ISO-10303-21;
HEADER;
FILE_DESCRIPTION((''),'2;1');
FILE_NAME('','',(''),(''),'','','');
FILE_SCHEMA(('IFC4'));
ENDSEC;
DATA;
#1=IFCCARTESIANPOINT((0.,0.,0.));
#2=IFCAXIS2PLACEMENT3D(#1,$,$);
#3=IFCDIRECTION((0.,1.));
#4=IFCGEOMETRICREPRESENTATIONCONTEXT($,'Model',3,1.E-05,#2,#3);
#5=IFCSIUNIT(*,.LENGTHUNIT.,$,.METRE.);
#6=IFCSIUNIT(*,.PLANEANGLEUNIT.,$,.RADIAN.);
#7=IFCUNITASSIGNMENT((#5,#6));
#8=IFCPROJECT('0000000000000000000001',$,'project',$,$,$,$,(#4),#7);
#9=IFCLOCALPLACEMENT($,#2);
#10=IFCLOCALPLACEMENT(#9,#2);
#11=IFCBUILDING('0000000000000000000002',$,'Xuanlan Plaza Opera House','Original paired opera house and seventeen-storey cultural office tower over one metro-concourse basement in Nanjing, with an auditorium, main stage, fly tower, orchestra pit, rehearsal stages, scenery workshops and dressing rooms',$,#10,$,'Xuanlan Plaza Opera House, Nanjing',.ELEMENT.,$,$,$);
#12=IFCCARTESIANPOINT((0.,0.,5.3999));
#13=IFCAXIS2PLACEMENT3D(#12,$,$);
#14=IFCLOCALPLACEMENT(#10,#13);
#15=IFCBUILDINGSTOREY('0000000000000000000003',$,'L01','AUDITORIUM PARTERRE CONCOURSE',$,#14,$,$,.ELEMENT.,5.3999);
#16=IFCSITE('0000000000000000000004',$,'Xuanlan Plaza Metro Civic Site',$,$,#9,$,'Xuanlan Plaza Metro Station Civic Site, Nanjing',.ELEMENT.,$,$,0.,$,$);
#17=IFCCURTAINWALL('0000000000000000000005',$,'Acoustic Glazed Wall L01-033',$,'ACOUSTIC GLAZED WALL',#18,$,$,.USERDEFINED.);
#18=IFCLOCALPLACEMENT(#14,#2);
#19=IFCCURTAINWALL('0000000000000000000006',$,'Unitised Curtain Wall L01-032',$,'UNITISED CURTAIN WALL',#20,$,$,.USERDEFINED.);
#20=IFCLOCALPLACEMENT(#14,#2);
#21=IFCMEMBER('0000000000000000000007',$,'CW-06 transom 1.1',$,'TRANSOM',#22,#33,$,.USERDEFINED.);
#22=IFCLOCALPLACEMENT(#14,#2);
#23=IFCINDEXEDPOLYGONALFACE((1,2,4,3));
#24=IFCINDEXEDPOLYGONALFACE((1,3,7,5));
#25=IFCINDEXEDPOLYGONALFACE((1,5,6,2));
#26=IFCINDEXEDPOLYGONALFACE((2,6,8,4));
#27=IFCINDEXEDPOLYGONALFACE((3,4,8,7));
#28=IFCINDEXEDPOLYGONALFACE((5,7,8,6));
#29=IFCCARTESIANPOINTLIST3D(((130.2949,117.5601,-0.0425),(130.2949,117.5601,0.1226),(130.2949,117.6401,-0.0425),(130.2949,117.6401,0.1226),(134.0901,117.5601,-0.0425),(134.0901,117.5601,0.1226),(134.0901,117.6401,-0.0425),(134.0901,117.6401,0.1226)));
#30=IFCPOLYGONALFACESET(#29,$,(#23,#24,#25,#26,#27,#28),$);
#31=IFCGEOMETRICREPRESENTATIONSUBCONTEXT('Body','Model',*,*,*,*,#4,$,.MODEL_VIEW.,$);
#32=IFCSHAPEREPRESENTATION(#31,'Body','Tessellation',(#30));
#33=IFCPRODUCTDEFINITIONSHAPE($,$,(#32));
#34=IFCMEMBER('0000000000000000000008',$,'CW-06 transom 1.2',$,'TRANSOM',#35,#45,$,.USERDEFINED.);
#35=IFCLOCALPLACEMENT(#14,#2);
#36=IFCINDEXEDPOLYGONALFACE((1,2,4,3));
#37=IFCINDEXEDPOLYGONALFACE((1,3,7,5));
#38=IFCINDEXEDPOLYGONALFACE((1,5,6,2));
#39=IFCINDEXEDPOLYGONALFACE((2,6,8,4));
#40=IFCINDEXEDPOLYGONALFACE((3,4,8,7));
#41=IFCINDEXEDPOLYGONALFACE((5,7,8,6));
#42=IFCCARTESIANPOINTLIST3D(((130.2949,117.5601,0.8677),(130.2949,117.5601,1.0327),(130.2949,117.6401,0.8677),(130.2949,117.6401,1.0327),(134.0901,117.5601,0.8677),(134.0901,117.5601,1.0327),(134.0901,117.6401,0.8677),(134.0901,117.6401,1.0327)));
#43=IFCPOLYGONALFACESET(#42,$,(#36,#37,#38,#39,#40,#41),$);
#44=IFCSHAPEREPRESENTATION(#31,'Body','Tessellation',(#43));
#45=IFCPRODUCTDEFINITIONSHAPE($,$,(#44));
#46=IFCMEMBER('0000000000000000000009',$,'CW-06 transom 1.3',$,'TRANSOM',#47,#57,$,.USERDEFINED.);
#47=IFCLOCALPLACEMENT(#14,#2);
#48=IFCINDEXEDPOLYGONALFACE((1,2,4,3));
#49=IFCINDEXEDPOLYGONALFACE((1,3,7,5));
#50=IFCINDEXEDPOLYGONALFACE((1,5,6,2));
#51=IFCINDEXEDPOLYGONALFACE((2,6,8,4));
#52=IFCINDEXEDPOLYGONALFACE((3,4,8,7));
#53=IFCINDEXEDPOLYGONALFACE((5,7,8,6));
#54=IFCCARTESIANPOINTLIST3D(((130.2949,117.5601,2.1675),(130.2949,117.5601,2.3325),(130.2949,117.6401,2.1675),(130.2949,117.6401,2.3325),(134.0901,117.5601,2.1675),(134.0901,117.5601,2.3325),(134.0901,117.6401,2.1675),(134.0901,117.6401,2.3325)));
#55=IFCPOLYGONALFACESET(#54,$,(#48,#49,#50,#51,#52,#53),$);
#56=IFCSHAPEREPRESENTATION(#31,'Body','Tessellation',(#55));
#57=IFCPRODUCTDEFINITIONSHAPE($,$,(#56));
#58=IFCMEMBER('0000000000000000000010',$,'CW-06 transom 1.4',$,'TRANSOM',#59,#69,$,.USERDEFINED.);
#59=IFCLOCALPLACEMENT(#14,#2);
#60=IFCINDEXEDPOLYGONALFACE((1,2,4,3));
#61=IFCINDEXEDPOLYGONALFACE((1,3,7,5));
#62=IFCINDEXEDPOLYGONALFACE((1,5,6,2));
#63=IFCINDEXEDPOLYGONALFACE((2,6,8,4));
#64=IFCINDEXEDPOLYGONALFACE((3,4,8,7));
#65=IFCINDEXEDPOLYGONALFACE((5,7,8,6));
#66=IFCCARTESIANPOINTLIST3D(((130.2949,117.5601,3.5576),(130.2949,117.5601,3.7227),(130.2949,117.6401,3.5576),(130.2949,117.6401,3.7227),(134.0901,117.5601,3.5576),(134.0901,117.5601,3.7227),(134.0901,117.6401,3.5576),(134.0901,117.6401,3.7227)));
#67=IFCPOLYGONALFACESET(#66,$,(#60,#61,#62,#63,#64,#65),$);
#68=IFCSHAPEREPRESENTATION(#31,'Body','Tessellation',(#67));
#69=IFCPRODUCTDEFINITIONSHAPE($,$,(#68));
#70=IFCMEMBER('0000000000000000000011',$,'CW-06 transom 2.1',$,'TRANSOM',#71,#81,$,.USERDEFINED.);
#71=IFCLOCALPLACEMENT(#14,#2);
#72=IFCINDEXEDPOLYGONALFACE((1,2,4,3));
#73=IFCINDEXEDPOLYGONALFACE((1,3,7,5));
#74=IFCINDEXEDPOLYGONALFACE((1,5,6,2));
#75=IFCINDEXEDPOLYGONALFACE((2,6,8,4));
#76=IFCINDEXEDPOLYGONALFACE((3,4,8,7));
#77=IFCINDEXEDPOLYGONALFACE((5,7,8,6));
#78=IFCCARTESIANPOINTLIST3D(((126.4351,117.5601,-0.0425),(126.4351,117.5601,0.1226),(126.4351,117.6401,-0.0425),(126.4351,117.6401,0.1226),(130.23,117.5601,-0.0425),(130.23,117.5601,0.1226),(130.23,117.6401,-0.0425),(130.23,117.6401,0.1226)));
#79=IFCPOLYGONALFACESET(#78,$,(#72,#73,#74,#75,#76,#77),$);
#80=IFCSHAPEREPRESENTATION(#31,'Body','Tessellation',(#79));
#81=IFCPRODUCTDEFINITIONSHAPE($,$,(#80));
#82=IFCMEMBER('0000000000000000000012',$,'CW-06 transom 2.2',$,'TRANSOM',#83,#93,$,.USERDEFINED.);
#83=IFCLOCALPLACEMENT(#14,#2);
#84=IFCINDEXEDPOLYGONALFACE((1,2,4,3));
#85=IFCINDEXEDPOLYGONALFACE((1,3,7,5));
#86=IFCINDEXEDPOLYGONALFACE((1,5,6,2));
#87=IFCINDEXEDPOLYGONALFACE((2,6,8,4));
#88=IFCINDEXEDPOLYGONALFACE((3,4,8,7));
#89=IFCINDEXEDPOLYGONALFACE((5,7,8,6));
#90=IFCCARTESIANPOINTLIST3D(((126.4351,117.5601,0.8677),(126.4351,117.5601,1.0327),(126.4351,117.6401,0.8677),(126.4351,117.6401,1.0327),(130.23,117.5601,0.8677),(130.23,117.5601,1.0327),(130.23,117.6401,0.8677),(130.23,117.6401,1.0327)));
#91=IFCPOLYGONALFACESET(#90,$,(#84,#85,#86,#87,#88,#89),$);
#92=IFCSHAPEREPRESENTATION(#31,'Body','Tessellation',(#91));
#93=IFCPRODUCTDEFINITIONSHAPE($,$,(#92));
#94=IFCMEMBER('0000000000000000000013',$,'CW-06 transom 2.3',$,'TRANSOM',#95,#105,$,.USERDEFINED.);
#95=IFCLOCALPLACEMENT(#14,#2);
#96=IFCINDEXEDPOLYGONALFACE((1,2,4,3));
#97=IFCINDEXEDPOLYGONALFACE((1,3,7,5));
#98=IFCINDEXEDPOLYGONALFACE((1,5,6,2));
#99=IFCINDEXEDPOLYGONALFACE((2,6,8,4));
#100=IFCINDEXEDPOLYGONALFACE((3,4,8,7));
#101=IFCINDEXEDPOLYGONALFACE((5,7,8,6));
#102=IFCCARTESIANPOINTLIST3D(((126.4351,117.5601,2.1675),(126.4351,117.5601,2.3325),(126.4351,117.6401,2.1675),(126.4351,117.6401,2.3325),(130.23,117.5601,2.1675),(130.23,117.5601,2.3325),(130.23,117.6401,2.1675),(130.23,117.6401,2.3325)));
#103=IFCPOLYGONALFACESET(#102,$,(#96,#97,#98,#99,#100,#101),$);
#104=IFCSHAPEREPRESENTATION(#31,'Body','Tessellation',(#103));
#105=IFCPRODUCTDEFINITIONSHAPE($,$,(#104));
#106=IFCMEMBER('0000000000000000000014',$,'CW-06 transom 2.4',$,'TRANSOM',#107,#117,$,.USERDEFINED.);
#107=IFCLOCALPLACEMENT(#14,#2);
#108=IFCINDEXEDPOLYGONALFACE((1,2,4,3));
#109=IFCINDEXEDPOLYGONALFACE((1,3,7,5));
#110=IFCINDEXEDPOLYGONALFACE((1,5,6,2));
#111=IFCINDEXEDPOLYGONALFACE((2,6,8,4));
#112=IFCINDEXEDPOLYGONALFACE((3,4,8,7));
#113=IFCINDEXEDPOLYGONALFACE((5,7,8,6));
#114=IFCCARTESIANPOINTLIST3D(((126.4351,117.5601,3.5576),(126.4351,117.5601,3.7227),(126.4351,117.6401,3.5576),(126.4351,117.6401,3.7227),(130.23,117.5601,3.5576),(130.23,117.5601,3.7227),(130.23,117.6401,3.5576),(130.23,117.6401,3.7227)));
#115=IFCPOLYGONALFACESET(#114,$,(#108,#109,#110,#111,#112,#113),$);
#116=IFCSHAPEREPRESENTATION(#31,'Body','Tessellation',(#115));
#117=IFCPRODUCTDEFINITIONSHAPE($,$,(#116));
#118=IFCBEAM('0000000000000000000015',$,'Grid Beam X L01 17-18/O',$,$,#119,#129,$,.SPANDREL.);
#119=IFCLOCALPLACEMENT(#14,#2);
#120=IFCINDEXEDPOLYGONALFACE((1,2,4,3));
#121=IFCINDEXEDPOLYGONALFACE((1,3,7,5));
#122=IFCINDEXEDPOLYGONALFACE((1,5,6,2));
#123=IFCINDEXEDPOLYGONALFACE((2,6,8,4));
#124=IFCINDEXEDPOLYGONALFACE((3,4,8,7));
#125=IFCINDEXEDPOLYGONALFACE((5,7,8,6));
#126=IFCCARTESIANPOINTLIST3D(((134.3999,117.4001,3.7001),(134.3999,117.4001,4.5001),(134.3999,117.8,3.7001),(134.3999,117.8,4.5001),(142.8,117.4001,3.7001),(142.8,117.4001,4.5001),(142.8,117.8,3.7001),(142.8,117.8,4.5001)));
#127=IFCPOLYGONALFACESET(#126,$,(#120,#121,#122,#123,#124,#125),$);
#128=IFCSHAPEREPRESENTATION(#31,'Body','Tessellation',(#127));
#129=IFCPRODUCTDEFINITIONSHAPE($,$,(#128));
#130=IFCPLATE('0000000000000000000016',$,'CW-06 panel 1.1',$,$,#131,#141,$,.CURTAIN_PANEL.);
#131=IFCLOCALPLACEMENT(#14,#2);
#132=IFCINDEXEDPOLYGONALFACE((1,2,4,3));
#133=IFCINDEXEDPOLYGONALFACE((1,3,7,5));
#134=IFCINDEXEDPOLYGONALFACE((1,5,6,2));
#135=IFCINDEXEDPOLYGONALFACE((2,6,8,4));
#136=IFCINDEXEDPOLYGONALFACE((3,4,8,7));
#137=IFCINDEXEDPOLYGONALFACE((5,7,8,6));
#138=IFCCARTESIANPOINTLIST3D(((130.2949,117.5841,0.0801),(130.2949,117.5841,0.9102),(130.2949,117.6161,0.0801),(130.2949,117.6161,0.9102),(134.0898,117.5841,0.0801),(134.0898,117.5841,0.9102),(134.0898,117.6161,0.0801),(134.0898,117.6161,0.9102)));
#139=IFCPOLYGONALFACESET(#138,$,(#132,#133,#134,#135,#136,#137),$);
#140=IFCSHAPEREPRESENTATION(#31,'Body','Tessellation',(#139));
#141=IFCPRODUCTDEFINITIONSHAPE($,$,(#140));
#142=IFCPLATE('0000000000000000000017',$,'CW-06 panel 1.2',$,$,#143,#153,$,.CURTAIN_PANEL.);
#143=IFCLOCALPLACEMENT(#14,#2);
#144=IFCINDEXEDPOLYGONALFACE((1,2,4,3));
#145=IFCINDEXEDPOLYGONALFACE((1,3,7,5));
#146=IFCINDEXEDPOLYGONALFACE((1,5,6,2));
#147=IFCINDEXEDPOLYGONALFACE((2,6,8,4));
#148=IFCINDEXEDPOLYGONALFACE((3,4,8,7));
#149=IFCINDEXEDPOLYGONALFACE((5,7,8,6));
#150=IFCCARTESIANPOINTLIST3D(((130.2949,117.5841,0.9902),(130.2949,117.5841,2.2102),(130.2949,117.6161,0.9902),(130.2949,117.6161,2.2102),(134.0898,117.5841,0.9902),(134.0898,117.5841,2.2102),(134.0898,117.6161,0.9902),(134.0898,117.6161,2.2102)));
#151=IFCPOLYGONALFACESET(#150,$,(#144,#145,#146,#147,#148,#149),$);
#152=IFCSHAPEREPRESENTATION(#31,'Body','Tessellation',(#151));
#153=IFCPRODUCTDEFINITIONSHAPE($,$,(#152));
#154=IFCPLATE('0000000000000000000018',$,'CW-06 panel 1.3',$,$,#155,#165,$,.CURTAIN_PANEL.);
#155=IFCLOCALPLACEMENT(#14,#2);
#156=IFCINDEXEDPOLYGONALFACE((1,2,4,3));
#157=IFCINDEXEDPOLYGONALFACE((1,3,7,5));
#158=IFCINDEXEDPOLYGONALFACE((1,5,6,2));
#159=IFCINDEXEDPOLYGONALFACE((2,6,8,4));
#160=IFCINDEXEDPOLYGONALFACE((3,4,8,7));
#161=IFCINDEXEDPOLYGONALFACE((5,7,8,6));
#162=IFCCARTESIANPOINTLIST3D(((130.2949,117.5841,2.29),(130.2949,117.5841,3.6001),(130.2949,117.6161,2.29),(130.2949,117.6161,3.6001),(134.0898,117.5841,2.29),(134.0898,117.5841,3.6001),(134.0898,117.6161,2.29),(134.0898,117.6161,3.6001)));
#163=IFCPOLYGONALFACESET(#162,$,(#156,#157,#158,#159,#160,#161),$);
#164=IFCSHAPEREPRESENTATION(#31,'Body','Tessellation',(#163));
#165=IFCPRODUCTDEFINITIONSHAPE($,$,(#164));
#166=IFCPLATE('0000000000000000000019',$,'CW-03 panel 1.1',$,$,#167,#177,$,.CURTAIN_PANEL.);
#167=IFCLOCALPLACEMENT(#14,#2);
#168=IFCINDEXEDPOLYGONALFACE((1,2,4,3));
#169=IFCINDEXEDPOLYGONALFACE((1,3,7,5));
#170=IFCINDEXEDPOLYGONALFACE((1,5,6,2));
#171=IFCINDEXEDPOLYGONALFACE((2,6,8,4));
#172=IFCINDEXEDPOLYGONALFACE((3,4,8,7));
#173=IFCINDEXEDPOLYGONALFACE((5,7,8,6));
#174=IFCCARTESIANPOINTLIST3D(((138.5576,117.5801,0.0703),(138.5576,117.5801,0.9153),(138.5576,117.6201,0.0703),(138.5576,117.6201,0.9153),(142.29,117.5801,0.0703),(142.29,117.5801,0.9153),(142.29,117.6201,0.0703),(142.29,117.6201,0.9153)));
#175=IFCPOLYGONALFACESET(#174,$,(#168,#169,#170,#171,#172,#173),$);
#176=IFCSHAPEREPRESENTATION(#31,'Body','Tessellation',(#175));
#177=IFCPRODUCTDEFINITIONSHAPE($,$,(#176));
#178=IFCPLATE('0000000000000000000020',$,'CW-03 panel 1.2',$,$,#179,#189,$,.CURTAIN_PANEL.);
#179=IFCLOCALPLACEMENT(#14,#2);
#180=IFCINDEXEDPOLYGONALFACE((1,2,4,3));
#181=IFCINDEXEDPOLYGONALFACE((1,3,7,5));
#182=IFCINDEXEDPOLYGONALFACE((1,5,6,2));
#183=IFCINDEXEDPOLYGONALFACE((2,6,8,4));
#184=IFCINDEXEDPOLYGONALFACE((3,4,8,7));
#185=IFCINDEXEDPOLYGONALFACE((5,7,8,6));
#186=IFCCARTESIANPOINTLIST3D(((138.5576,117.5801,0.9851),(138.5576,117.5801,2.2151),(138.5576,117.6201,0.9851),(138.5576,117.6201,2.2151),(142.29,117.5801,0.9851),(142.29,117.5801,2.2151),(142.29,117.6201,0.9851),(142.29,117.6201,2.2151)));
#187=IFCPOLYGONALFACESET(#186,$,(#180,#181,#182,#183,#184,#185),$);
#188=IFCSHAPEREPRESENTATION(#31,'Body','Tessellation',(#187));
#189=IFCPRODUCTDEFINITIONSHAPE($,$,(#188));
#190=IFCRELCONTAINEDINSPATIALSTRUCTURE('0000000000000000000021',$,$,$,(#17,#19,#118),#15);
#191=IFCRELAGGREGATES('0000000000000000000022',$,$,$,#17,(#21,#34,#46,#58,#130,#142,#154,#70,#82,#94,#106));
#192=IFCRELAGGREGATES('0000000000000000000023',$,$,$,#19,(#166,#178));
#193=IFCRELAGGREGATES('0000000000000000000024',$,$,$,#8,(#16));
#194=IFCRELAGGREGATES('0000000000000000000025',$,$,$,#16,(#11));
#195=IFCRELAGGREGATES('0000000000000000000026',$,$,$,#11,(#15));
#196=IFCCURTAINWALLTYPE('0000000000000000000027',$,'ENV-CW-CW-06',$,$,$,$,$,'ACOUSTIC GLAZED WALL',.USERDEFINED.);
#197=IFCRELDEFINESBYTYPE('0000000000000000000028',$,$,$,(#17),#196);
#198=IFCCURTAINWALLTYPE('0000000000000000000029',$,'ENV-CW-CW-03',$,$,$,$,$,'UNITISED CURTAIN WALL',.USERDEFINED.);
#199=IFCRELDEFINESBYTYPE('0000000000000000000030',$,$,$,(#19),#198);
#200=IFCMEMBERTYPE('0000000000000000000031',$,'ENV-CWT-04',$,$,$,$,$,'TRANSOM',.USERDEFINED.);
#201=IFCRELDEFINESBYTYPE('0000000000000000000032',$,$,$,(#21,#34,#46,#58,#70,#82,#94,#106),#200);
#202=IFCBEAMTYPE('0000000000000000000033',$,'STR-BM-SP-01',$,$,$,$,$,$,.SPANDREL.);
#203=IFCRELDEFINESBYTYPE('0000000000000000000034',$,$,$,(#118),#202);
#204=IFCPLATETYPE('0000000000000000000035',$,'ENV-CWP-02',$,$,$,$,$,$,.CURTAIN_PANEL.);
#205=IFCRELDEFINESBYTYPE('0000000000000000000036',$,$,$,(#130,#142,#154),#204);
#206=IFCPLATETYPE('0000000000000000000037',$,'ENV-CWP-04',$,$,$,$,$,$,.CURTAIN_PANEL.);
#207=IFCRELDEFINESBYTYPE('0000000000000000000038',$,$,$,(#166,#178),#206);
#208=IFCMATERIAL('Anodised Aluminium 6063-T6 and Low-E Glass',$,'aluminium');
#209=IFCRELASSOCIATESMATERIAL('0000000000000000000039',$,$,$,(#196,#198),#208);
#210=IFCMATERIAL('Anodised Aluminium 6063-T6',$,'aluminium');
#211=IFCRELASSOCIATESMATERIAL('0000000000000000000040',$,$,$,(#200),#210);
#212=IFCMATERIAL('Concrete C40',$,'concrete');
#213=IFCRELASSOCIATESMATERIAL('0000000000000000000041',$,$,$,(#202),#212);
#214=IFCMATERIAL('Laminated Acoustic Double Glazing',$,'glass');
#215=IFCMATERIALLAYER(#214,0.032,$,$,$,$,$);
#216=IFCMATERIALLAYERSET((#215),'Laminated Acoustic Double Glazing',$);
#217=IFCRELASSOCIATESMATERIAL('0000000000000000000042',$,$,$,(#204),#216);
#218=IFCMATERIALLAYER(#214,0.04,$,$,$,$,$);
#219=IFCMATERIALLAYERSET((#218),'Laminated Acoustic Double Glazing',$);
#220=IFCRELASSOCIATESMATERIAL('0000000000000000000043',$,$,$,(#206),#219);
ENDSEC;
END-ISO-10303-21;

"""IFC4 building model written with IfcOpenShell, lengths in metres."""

from ifc_helpers import new_model, si_unit, direction, frame, origin, origin_2d, place, context, subcontext, project, spatial, rectangle, extrude, material, layer, layer_set, material_profile, profile_set, type_object, element, aggregate, save


model = new_model("IFC4")

# Units and contexts
model_context = context("Model", 3, precision=1e-05, world=origin(), true_north=direction((0.0, 1.0)))
body_context = subcontext(model_context, "Body", "Model", "MODEL_VIEW")
ifc_project = project(units=[si_unit("LENGTHUNIT", "METRE"), si_unit("PLANEANGLEUNIT", "RADIAN")], contexts=[model_context])

# Site, building, storey
site_placement = place(None, origin())
site = spatial("IfcSite", under=ifc_project, at=site_placement, Name="Xuanlan Plaza Metro Civic Site", LongName="Xuanlan Plaza Metro Station Civic Site, Nanjing", CompositionType="ELEMENT", RefElevation=0.0)
building_placement = place(site_placement, origin())
building = spatial("IfcBuilding", under=site, at=building_placement, Name="Xuanlan Plaza Opera House", Description="Original paired opera house and seventeen-storey cultural office tower over one metro-concourse basement in Nanjing, with an auditorium, main stage, fly tower, orchestra pit, rehearsal stages, scenery workshops and dressing rooms", LongName="Xuanlan Plaza Opera House, Nanjing", CompositionType="ELEMENT")
storey_placement = place(building_placement, frame((0.0, 0.0, 5.3999)))
storey = spatial("IfcBuildingStorey", under=building, at=storey_placement, Name="L01", Description="AUDITORIUM PARTERRE CONCOURSE", CompositionType="ELEMENT", Elevation=5.3999)

# Shared definitions
ifc_material_1 = material(Name="Concrete C40", Category="concrete")

# Curtain walls
ifc_material_2 = material(Name="Anodised Aluminium 6063-T6 and Low-E Glass", Category="aluminium")
curtain_wall_type_1 = type_object("IfcCurtainWallType", Name="ENV-CW-CW-06", ElementType="ACOUSTIC GLAZED WALL", PredefinedType="USERDEFINED", material=ifc_material_2)
curtain_wall_1_placement = place(storey_placement, origin())
curtain_wall_1 = element("IfcCurtainWall", 1, at=curtain_wall_1_placement, inside=storey, type_object=curtain_wall_type_1, Name="Acoustic Glazed Wall L01-033", ObjectType="ACOUSTIC GLAZED WALL", PredefinedType="USERDEFINED")
ifc_material_3 = material(Name="Anodised Aluminium 6063-T6", Category="aluminium")
curtain_wall_type_2 = type_object("IfcCurtainWallType", Name="ENV-CW-CW-03", ElementType="UNITISED CURTAIN WALL", PredefinedType="USERDEFINED", material=ifc_material_2)
curtain_wall_2_placement = place(storey_placement, origin())
curtain_wall_2 = element("IfcCurtainWall", 2, at=curtain_wall_2_placement, inside=storey, type_object=curtain_wall_type_2, Name="Unitised Curtain Wall L01-032", ObjectType="UNITISED CURTAIN WALL", PredefinedType="USERDEFINED")

# Members
ifc_material_profile_1 = material_profile(ifc_material_3, rectangle(XDim=0.0801, YDim=0.165, at=origin_2d()), Name="ALU-T 80x165")
ifc_profile_set_1 = profile_set([ifc_material_profile_1], Name="Anodised Aluminium 6063-T6")
member_type_1 = type_object("IfcMemberType", Name="ENV-CWT-04", ElementType="TRANSOM", PredefinedType="USERDEFINED", material=ifc_profile_set_1)
member_1_placement = place(storey_placement, frame((134.0901, 117.6001, 0.04), z_axis=(-1.0, 0.0, 0.0), x_axis=(0.0, -1.0, 0.0)))
member_1 = element("IfcMember", 3, at=member_1_placement, type_object=member_type_1, Name="CW-06 transom 1.1", ObjectType="TRANSOM", PredefinedType="USERDEFINED", context=body_context, shape_type="SweptSolid", body=[
    extrude(rectangle(XDim=0.0801, YDim=0.165, at=origin_2d()), origin(), (0.0, 0.0, 1.0), 3.7952),
])
member_2_placement = place(storey_placement, frame((134.0901, 117.6001, 0.9502), z_axis=(-1.0, 0.0, 0.0), x_axis=(0.0, -1.0, 0.0)))
member_2 = element("IfcMember", 4, at=member_2_placement, type_object=member_type_1, Name="CW-06 transom 1.2", ObjectType="TRANSOM", PredefinedType="USERDEFINED", context=body_context, shape_type="SweptSolid", body=[
    extrude(rectangle(XDim=0.0801, YDim=0.165, at=origin_2d()), origin(), (0.0, 0.0, 1.0), 3.7952),
])
member_3_placement = place(storey_placement, frame((134.0901, 117.6001, 2.25), z_axis=(-1.0, 0.0, 0.0), x_axis=(0.0, -1.0, 0.0)))
member_3 = element("IfcMember", 5, at=member_3_placement, type_object=member_type_1, Name="CW-06 transom 1.3", ObjectType="TRANSOM", PredefinedType="USERDEFINED", context=body_context, shape_type="SweptSolid", body=[
    extrude(rectangle(XDim=0.0801, YDim=0.165, at=origin_2d()), origin(), (0.0, 0.0, 1.0), 3.7952),
])
member_4_placement = place(storey_placement, frame((134.0901, 117.6001, 3.6401), z_axis=(-1.0, 0.0, 0.0), x_axis=(0.0, -1.0, 0.0)))
member_4 = element("IfcMember", 6, at=member_4_placement, type_object=member_type_1, Name="CW-06 transom 1.4", ObjectType="TRANSOM", PredefinedType="USERDEFINED", context=body_context, shape_type="SweptSolid", body=[
    extrude(rectangle(XDim=0.0801, YDim=0.165, at=origin_2d()), origin(), (0.0, 0.0, 1.0), 3.7952),
])
member_5_placement = place(storey_placement, frame((130.23, 117.6001, 0.04), z_axis=(-1.0, 0.0, 0.0), x_axis=(0.0, -1.0, 0.0)))
member_5 = element("IfcMember", 7, at=member_5_placement, type_object=member_type_1, Name="CW-06 transom 2.1", ObjectType="TRANSOM", PredefinedType="USERDEFINED", context=body_context, shape_type="SweptSolid", body=[
    extrude(rectangle(XDim=0.0801, YDim=0.165, at=origin_2d()), origin(), (0.0, 0.0, 1.0), 3.7949),
])
member_6_placement = place(storey_placement, frame((130.23, 117.6001, 0.9502), z_axis=(-1.0, 0.0, 0.0), x_axis=(0.0, -1.0, 0.0)))
member_6 = element("IfcMember", 8, at=member_6_placement, type_object=member_type_1, Name="CW-06 transom 2.2", ObjectType="TRANSOM", PredefinedType="USERDEFINED", context=body_context, shape_type="SweptSolid", body=[
    extrude(rectangle(XDim=0.0801, YDim=0.165, at=origin_2d()), origin(), (0.0, 0.0, 1.0), 3.7949),
])
member_7_placement = place(storey_placement, frame((130.23, 117.6001, 2.25), z_axis=(-1.0, 0.0, 0.0), x_axis=(0.0, -1.0, 0.0)))
member_7 = element("IfcMember", 9, at=member_7_placement, type_object=member_type_1, Name="CW-06 transom 2.3", ObjectType="TRANSOM", PredefinedType="USERDEFINED", context=body_context, shape_type="SweptSolid", body=[
    extrude(rectangle(XDim=0.0801, YDim=0.165, at=origin_2d()), origin(), (0.0, 0.0, 1.0), 3.7949),
])
member_8_placement = place(storey_placement, frame((130.23, 117.6001, 3.6401), z_axis=(-1.0, 0.0, 0.0), x_axis=(0.0, -1.0, 0.0)))
member_8 = element("IfcMember", 10, at=member_8_placement, type_object=member_type_1, Name="CW-06 transom 2.4", ObjectType="TRANSOM", PredefinedType="USERDEFINED", context=body_context, shape_type="SweptSolid", body=[
    extrude(rectangle(XDim=0.0801, YDim=0.165, at=origin_2d()), origin(), (0.0, 0.0, 1.0), 3.7949),
])

# Beam
ifc_material_profile_2 = material_profile(ifc_material_1, rectangle(XDim=0.3999, YDim=0.8, at=origin_2d()), Name="RC-SPD 400x800")
ifc_profile_set_2 = profile_set([ifc_material_profile_2], Name="Concrete C40")
beam_type = type_object("IfcBeamType", Name="STR-BM-SP-01", PredefinedType="SPANDREL", material=ifc_profile_set_2)
beam_placement = place(storey_placement, frame((134.3999, 117.6001, 4.1001), z_axis=(1.0, 0.0, 0.0), x_axis=(0.0, 1.0, 0.0)))
element("IfcBeam", 11, at=beam_placement, inside=storey, type_object=beam_type, Name="Grid Beam X L01 17-18/O", PredefinedType="SPANDREL", context=body_context, shape_type="SweptSolid", body=[
    extrude(rectangle(XDim=0.3999, YDim=0.8, at=origin_2d()), origin(), (0.0, 0.0, 1.0), 8.4001),
])

# Plates
ifc_material_4 = material(Name="Laminated Acoustic Double Glazing", Category="glass")
ifc_layer_1 = layer(ifc_material_4, 0.032)
ifc_layer_set_1 = layer_set([ifc_layer_1], Name="Laminated Acoustic Double Glazing")
plate_type_1 = type_object("IfcPlateType", Name="ENV-CWP-02", PredefinedType="CURTAIN_PANEL", material=ifc_layer_set_1)
plate_1_placement = place(storey_placement, frame((132.1924, 117.6001, 0.0801), z_axis=(0.0, 0.0, 1.0), x_axis=(-1.0, 0.0, 0.0)))
plate_1 = element("IfcPlate", 12, at=plate_1_placement, type_object=plate_type_1, Name="CW-06 panel 1.1", PredefinedType="CURTAIN_PANEL", context=body_context, shape_type="SweptSolid", body=[
    extrude(rectangle(XDim=3.7949, YDim=0.032, at=origin_2d()), origin(), (0.0, 0.0, 1.0), 0.8301),
])
plate_2_placement = place(storey_placement, frame((132.1924, 117.6001, 0.9902), z_axis=(0.0, 0.0, 1.0), x_axis=(-1.0, 0.0, 0.0)))
plate_2 = element("IfcPlate", 13, at=plate_2_placement, type_object=plate_type_1, Name="CW-06 panel 1.2", PredefinedType="CURTAIN_PANEL", context=body_context, shape_type="SweptSolid", body=[
    extrude(rectangle(XDim=3.7949, YDim=0.032, at=origin_2d()), origin(), (0.0, 0.0, 1.0), 1.22),
])
plate_3_placement = place(storey_placement, frame((132.1924, 117.6001, 2.29), z_axis=(0.0, 0.0, 1.0), x_axis=(-1.0, 0.0, 0.0)))
plate_3 = element("IfcPlate", 14, at=plate_3_placement, type_object=plate_type_1, Name="CW-06 panel 1.3", PredefinedType="CURTAIN_PANEL", context=body_context, shape_type="SweptSolid", body=[
    extrude(rectangle(XDim=3.7949, YDim=0.032, at=origin_2d()), origin(), (0.0, 0.0, 1.0), 1.3101),
])
aggregate(curtain_wall_1, [member_1, member_2, member_3, member_4, plate_1, plate_2, plate_3, member_5, member_6, member_7, member_8])
ifc_layer_2 = layer(ifc_material_4, 0.04)
ifc_layer_set_2 = layer_set([ifc_layer_2], Name="Laminated Acoustic Double Glazing")
plate_type_2 = type_object("IfcPlateType", Name="ENV-CWP-04", PredefinedType="CURTAIN_PANEL", material=ifc_layer_set_2)
plate_4_placement = place(storey_placement, frame((140.4238, 117.6001, 0.0703), z_axis=(0.0, 0.0, 1.0), x_axis=(-1.0, 0.0, 0.0)))
plate_4 = element("IfcPlate", 15, at=plate_4_placement, type_object=plate_type_2, Name="CW-03 panel 1.1", PredefinedType="CURTAIN_PANEL", context=body_context, shape_type="SweptSolid", body=[
    extrude(rectangle(XDim=3.7324, YDim=0.04, at=origin_2d()), origin(), (0.0, 0.0, 1.0), 0.845),
])
plate_5_placement = place(storey_placement, frame((140.4238, 117.6001, 0.9851), z_axis=(0.0, 0.0, 1.0), x_axis=(-1.0, 0.0, 0.0)))
plate_5 = element("IfcPlate", 16, at=plate_5_placement, type_object=plate_type_2, Name="CW-03 panel 1.2", PredefinedType="CURTAIN_PANEL", context=body_context, shape_type="SweptSolid", body=[
    extrude(rectangle(XDim=3.7324, YDim=0.04, at=origin_2d()), origin(), (0.0, 0.0, 1.0), 1.23),
])
aggregate(curtain_wall_2, [plate_4, plate_5])

save(model, "model.ifc")
